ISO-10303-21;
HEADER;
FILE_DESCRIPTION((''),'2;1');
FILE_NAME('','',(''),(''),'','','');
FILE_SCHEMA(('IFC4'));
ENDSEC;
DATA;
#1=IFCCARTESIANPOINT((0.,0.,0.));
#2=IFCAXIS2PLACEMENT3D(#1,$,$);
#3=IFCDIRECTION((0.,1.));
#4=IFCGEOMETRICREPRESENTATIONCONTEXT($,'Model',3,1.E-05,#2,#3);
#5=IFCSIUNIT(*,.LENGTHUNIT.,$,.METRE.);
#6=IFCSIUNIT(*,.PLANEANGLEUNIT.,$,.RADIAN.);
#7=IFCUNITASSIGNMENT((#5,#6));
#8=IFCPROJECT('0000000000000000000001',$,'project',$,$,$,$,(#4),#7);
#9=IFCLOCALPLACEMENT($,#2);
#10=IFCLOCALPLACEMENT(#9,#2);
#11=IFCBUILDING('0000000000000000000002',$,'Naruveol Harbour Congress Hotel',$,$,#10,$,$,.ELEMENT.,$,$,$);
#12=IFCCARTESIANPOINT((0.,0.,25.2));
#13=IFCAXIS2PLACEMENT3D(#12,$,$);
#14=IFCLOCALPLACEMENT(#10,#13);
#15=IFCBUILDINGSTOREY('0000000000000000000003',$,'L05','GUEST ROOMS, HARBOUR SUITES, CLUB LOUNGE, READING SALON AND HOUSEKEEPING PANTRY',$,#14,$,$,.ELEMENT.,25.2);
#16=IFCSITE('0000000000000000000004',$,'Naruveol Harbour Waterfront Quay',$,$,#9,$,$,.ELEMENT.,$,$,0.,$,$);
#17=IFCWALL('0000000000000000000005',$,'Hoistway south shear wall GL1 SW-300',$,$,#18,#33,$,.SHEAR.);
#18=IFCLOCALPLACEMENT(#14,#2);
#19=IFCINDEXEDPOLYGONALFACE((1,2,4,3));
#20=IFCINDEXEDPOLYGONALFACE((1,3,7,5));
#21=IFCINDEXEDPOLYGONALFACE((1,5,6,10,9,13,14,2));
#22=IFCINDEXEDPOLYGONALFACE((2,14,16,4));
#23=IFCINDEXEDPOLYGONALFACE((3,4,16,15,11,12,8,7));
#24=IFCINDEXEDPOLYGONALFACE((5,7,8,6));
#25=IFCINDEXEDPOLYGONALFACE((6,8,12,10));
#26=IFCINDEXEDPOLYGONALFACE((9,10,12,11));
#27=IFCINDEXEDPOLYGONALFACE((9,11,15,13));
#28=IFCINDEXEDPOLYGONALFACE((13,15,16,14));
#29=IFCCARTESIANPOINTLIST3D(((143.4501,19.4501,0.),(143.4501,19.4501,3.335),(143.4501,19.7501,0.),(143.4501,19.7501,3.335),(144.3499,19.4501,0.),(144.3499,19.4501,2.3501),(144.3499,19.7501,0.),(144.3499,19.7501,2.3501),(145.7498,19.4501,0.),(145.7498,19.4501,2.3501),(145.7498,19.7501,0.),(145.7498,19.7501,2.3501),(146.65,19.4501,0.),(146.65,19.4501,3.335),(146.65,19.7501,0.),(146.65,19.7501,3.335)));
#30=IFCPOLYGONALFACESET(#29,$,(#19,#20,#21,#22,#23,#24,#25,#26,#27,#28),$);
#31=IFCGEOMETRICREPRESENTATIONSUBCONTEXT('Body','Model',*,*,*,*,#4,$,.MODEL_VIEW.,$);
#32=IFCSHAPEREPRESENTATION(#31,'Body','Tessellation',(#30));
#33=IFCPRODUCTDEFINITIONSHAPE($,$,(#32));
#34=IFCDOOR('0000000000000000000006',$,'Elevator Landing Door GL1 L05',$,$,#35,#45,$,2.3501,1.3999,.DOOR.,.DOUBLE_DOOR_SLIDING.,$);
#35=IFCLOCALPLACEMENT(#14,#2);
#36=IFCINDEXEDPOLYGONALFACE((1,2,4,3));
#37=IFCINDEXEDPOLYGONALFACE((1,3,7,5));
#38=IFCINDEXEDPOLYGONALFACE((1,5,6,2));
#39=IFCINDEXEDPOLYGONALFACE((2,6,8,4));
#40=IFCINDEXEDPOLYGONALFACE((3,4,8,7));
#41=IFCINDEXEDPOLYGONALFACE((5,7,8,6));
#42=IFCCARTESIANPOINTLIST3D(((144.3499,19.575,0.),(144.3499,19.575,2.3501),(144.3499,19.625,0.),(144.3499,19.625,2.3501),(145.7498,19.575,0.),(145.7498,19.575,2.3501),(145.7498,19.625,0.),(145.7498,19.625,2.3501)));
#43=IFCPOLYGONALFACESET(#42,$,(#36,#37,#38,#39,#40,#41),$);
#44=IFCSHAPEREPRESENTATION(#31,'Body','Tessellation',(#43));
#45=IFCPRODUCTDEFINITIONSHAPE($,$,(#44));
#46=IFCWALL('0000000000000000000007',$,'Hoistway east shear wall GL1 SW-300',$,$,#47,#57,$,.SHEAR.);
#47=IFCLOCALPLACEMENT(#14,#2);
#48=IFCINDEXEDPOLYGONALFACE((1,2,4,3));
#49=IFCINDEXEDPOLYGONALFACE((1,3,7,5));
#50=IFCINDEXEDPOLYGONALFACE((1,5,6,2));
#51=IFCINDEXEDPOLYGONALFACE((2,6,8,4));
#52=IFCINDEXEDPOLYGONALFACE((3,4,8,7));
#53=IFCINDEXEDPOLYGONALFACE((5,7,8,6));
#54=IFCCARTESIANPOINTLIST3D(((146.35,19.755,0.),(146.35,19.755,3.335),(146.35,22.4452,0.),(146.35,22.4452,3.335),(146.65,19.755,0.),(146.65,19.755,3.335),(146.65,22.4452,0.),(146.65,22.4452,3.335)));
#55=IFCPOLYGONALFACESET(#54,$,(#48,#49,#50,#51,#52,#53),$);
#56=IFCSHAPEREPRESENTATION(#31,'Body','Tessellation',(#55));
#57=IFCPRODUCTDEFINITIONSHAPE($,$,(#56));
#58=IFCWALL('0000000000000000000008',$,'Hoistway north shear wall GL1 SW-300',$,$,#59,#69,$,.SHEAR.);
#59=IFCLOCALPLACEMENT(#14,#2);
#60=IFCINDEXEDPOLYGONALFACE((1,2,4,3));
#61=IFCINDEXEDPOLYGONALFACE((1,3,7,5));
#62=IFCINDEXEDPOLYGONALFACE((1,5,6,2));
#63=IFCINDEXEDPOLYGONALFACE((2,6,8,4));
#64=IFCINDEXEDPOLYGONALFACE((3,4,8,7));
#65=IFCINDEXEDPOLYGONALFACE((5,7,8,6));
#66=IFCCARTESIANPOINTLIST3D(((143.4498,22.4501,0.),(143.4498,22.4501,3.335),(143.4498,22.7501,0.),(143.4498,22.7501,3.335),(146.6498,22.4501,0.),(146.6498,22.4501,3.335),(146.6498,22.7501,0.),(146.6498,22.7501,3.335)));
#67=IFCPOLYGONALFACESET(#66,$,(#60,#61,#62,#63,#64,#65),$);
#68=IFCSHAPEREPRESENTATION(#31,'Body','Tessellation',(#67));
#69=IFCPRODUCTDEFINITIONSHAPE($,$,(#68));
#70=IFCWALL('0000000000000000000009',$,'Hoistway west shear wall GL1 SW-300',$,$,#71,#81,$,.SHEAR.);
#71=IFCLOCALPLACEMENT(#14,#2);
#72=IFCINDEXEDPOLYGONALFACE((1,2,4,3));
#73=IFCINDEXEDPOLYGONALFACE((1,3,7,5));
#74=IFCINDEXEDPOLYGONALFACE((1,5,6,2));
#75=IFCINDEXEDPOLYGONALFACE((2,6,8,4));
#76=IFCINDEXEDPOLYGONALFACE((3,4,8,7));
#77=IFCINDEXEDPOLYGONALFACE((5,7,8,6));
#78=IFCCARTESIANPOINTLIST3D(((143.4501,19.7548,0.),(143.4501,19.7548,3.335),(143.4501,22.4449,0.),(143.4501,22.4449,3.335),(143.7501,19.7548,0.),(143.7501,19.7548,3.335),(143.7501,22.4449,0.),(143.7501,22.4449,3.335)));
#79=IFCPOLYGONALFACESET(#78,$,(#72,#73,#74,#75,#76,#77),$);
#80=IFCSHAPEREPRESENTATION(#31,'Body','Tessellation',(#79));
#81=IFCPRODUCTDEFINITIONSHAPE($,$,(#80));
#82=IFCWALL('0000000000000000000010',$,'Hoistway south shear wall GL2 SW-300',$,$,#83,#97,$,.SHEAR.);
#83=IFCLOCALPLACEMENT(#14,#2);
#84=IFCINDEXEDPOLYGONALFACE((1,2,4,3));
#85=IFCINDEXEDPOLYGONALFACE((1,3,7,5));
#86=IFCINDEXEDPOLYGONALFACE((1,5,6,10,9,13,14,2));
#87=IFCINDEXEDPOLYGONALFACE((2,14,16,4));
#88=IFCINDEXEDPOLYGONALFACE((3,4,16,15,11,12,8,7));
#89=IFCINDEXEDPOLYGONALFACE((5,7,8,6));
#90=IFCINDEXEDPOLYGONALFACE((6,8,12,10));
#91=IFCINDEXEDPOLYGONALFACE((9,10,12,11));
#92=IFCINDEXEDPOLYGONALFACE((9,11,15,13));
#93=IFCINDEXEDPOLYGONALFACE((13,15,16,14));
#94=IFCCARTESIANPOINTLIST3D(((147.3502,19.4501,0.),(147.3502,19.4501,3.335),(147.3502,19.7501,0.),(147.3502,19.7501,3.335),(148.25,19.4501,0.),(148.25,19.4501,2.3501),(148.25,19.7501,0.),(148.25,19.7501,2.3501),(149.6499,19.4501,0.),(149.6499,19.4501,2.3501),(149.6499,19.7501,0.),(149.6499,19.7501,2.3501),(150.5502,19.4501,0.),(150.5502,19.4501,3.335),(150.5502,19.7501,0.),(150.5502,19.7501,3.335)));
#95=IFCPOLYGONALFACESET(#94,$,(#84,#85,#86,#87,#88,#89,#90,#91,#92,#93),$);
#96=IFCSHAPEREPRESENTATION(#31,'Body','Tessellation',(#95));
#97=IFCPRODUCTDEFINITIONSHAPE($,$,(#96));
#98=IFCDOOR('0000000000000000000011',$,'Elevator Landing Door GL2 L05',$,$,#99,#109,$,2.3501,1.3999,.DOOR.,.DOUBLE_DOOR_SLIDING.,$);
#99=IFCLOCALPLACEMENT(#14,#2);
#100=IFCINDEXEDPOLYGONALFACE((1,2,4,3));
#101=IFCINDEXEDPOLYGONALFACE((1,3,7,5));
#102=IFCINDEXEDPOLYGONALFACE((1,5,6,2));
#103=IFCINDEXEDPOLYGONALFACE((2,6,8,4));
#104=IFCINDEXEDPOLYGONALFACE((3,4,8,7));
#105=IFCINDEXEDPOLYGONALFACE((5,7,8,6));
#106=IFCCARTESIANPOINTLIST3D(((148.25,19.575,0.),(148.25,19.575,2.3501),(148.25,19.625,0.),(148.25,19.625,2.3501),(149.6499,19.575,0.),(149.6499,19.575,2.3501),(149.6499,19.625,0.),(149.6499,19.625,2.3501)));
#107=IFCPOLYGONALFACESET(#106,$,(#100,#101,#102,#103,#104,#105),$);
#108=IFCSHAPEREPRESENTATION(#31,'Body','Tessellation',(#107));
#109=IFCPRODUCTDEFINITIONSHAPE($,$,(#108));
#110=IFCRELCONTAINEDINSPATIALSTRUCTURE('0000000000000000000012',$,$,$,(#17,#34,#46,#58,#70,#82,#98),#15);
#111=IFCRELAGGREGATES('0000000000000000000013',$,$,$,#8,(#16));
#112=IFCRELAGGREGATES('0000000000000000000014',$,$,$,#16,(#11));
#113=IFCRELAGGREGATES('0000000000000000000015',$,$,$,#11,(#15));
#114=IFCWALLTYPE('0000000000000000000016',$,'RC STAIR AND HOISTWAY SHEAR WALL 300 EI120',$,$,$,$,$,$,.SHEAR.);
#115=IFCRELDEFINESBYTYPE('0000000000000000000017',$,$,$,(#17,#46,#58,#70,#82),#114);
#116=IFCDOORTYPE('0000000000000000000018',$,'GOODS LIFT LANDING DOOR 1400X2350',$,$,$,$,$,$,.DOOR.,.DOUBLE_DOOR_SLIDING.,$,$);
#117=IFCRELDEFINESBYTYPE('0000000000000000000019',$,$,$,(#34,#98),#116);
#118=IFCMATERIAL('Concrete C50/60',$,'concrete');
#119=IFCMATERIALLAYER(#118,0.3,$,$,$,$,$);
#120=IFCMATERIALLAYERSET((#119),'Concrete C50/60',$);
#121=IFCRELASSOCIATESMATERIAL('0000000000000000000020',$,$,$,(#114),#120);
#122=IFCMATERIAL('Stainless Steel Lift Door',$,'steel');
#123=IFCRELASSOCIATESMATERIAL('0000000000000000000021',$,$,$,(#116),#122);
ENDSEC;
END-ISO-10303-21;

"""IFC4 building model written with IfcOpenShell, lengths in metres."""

from ifc_helpers import new_model, si_unit, direction, frame, frame_2d, origin, place, context, subcontext, project, spatial, rectangle, extrude, material, layer, layer_set, type_object, element, fill, save


model = new_model("IFC4")

# Units and contexts
model_context = context("Model", 3, precision=1e-05, world=origin(), true_north=direction((0.0, 1.0)))
body_context = subcontext(model_context, "Body", "Model", "MODEL_VIEW")
ifc_project = project(units=[si_unit("LENGTHUNIT", "METRE"), si_unit("PLANEANGLEUNIT", "RADIAN")], contexts=[model_context])

# Site, building, storey
site_placement = place(None, origin())
site = spatial("IfcSite", under=ifc_project, at=site_placement, Name="Naruveol Harbour Waterfront Quay", CompositionType="ELEMENT", RefElevation=0.0)
building_placement = place(site_placement, origin())
building = spatial("IfcBuilding", under=site, at=building_placement, Name="Naruveol Harbour Congress Hotel", CompositionType="ELEMENT")
storey_placement = place(building_placement, frame((0.0, 0.0, 25.2)))
storey = spatial("IfcBuildingStorey", under=building, at=storey_placement, Name="L05", Description="GUEST ROOMS, HARBOUR SUITES, CLUB LOUNGE, READING SALON AND HOUSEKEEPING PANTRY", CompositionType="ELEMENT", Elevation=25.2)

# Shared definitions
ifc_material_1 = material(Name="Concrete C50/60", Category="concrete")
ifc_layer_1 = layer(ifc_material_1, 0.3)
ifc_layer_set_1 = layer_set([ifc_layer_1], Name="Concrete C50/60")
wall_type_1 = type_object("IfcWallType", Name="RC STAIR AND HOISTWAY SHEAR WALL 300 EI120", PredefinedType="SHEAR", material=ifc_layer_set_1)

# Wall, opening, door
wall_1_placement = place(storey_placement, frame((143.45, 19.6001, 0.0), z_axis=(0.0, 0.0, 1.0), x_axis=(1.0, 0.0, 0.0)))
wall_1 = element("IfcWall", 1, at=wall_1_placement, inside=storey, type_object=wall_type_1, Name="Hoistway south shear wall GL1 SW-300", PredefinedType="SHEAR", context=body_context, shape_type="SweptSolid", body=[
    extrude(rectangle(XDim=3.2, YDim=0.3, at=frame_2d((1.6001, 0.0))), origin(), (0.0, 0.0, 1.0), 3.335),
])
opening_1_placement = place(wall_1_placement, frame((0.8999, 0.0, 0.0)))
opening_1 = element("IfcOpeningElement", 2, at=opening_1_placement, cuts=wall_1, PredefinedType="OPENING", context=body_context, shape_type="SweptSolid", body=[
    extrude(rectangle(XDim=1.3999, YDim=2.3501, at=frame_2d((0.7, 1.175))), frame((0.0, 0.1599, 0.0), z_axis=(0.0, -1.0, 0.0), x_axis=(1.0, 0.0, 0.0)), (0.0, 0.0, 1.0), 0.3201),
])
ifc_material_2 = material(Name="Stainless Steel Lift Door", Category="steel")
door_type_1 = type_object("IfcDoorType", Name="GOODS LIFT LANDING DOOR 1400X2350", OperationType="DOUBLE_DOOR_SLIDING", PredefinedType="DOOR", material=ifc_material_2)
door_1_placement = place(opening_1_placement, origin())
door_1 = element("IfcDoor", 3, at=door_1_placement, inside=storey, type_object=door_type_1, Name="Elevator Landing Door GL1 L05", OperationType="DOUBLE_DOOR_SLIDING", OverallHeight=2.3501, OverallWidth=1.3999, PredefinedType="DOOR", context=body_context, shape_type="SweptSolid", body=[
    extrude(rectangle(XDim=1.3999, YDim=2.3501, at=frame_2d((0.7, 1.175))), frame((0.0, 0.0249, 0.0), z_axis=(0.0, -1.0, 0.0), x_axis=(1.0, 0.0, 0.0)), (0.0, 0.0, 1.0), 0.05),
])
fill(opening_1, door_1)

# Walls
wall_2_placement = place(storey_placement, frame((146.5, 19.7549, 0.0), z_axis=(0.0, 0.0, 1.0), x_axis=(0.0, 1.0, 0.0)))
element("IfcWall", 4, at=wall_2_placement, inside=storey, type_object=wall_type_1, Name="Hoistway east shear wall GL1 SW-300", PredefinedType="SHEAR", context=body_context, shape_type="SweptSolid", body=[
    extrude(rectangle(XDim=2.6902, YDim=0.3, at=frame_2d((1.3452, 0.0))), origin(), (0.0, 0.0, 1.0), 3.335),
])
wall_3_placement = place(storey_placement, frame((146.6499, 22.6001, 0.0), z_axis=(0.0, 0.0, 1.0), x_axis=(-1.0, 0.0, 0.0)))
element("IfcWall", 5, at=wall_3_placement, inside=storey, type_object=wall_type_1, Name="Hoistway north shear wall GL1 SW-300", PredefinedType="SHEAR", context=body_context, shape_type="SweptSolid", body=[
    extrude(rectangle(XDim=3.2, YDim=0.3, at=frame_2d((1.6001, 0.0))), origin(), (0.0, 0.0, 1.0), 3.335),
])
wall_4_placement = place(storey_placement, frame((143.6001, 22.4451, 0.0), z_axis=(0.0, 0.0, 1.0), x_axis=(0.0, -1.0, 0.0)))
element("IfcWall", 6, at=wall_4_placement, inside=storey, type_object=wall_type_1, Name="Hoistway west shear wall GL1 SW-300", PredefinedType="SHEAR", context=body_context, shape_type="SweptSolid", body=[
    extrude(rectangle(XDim=2.6902, YDim=0.3, at=frame_2d((1.3452, 0.0))), origin(), (0.0, 0.0, 1.0), 3.335),
])

# Wall, opening, door
wall_5_placement = place(storey_placement, frame((147.3501, 19.6001, 0.0), z_axis=(0.0, 0.0, 1.0), x_axis=(1.0, 0.0, 0.0)))
wall_5 = element("IfcWall", 7, at=wall_5_placement, inside=storey, type_object=wall_type_1, Name="Hoistway south shear wall GL2 SW-300", PredefinedType="SHEAR", context=body_context, shape_type="SweptSolid", body=[
    extrude(rectangle(XDim=3.2, YDim=0.3, at=frame_2d((1.6001, 0.0))), origin(), (0.0, 0.0, 1.0), 3.335),
])
opening_2_placement = place(wall_5_placement, frame((0.8999, 0.0, 0.0)))
opening_2 = element("IfcOpeningElement", 8, at=opening_2_placement, cuts=wall_5, PredefinedType="OPENING", context=body_context, shape_type="SweptSolid", body=[
    extrude(rectangle(XDim=1.3999, YDim=2.3501, at=frame_2d((0.7, 1.175))), frame((0.0, 0.1599, 0.0), z_axis=(0.0, -1.0, 0.0), x_axis=(1.0, 0.0, 0.0)), (0.0, 0.0, 1.0), 0.3201),
])
door_2_placement = place(opening_2_placement, origin())
door_2 = element("IfcDoor", 9, at=door_2_placement, inside=storey, type_object=door_type_1, Name="Elevator Landing Door GL2 L05", OperationType="DOUBLE_DOOR_SLIDING", OverallHeight=2.3501, OverallWidth=1.3999, PredefinedType="DOOR", context=body_context, shape_type="SweptSolid", body=[
    extrude(rectangle(XDim=1.3999, YDim=2.3501, at=frame_2d((0.7, 1.175))), frame((0.0, 0.0249, 0.0), z_axis=(0.0, -1.0, 0.0), x_axis=(1.0, 0.0, 0.0)), (0.0, 0.0, 1.0), 0.05),
])
fill(opening_2, door_2)

save(model, "model.ifc")
